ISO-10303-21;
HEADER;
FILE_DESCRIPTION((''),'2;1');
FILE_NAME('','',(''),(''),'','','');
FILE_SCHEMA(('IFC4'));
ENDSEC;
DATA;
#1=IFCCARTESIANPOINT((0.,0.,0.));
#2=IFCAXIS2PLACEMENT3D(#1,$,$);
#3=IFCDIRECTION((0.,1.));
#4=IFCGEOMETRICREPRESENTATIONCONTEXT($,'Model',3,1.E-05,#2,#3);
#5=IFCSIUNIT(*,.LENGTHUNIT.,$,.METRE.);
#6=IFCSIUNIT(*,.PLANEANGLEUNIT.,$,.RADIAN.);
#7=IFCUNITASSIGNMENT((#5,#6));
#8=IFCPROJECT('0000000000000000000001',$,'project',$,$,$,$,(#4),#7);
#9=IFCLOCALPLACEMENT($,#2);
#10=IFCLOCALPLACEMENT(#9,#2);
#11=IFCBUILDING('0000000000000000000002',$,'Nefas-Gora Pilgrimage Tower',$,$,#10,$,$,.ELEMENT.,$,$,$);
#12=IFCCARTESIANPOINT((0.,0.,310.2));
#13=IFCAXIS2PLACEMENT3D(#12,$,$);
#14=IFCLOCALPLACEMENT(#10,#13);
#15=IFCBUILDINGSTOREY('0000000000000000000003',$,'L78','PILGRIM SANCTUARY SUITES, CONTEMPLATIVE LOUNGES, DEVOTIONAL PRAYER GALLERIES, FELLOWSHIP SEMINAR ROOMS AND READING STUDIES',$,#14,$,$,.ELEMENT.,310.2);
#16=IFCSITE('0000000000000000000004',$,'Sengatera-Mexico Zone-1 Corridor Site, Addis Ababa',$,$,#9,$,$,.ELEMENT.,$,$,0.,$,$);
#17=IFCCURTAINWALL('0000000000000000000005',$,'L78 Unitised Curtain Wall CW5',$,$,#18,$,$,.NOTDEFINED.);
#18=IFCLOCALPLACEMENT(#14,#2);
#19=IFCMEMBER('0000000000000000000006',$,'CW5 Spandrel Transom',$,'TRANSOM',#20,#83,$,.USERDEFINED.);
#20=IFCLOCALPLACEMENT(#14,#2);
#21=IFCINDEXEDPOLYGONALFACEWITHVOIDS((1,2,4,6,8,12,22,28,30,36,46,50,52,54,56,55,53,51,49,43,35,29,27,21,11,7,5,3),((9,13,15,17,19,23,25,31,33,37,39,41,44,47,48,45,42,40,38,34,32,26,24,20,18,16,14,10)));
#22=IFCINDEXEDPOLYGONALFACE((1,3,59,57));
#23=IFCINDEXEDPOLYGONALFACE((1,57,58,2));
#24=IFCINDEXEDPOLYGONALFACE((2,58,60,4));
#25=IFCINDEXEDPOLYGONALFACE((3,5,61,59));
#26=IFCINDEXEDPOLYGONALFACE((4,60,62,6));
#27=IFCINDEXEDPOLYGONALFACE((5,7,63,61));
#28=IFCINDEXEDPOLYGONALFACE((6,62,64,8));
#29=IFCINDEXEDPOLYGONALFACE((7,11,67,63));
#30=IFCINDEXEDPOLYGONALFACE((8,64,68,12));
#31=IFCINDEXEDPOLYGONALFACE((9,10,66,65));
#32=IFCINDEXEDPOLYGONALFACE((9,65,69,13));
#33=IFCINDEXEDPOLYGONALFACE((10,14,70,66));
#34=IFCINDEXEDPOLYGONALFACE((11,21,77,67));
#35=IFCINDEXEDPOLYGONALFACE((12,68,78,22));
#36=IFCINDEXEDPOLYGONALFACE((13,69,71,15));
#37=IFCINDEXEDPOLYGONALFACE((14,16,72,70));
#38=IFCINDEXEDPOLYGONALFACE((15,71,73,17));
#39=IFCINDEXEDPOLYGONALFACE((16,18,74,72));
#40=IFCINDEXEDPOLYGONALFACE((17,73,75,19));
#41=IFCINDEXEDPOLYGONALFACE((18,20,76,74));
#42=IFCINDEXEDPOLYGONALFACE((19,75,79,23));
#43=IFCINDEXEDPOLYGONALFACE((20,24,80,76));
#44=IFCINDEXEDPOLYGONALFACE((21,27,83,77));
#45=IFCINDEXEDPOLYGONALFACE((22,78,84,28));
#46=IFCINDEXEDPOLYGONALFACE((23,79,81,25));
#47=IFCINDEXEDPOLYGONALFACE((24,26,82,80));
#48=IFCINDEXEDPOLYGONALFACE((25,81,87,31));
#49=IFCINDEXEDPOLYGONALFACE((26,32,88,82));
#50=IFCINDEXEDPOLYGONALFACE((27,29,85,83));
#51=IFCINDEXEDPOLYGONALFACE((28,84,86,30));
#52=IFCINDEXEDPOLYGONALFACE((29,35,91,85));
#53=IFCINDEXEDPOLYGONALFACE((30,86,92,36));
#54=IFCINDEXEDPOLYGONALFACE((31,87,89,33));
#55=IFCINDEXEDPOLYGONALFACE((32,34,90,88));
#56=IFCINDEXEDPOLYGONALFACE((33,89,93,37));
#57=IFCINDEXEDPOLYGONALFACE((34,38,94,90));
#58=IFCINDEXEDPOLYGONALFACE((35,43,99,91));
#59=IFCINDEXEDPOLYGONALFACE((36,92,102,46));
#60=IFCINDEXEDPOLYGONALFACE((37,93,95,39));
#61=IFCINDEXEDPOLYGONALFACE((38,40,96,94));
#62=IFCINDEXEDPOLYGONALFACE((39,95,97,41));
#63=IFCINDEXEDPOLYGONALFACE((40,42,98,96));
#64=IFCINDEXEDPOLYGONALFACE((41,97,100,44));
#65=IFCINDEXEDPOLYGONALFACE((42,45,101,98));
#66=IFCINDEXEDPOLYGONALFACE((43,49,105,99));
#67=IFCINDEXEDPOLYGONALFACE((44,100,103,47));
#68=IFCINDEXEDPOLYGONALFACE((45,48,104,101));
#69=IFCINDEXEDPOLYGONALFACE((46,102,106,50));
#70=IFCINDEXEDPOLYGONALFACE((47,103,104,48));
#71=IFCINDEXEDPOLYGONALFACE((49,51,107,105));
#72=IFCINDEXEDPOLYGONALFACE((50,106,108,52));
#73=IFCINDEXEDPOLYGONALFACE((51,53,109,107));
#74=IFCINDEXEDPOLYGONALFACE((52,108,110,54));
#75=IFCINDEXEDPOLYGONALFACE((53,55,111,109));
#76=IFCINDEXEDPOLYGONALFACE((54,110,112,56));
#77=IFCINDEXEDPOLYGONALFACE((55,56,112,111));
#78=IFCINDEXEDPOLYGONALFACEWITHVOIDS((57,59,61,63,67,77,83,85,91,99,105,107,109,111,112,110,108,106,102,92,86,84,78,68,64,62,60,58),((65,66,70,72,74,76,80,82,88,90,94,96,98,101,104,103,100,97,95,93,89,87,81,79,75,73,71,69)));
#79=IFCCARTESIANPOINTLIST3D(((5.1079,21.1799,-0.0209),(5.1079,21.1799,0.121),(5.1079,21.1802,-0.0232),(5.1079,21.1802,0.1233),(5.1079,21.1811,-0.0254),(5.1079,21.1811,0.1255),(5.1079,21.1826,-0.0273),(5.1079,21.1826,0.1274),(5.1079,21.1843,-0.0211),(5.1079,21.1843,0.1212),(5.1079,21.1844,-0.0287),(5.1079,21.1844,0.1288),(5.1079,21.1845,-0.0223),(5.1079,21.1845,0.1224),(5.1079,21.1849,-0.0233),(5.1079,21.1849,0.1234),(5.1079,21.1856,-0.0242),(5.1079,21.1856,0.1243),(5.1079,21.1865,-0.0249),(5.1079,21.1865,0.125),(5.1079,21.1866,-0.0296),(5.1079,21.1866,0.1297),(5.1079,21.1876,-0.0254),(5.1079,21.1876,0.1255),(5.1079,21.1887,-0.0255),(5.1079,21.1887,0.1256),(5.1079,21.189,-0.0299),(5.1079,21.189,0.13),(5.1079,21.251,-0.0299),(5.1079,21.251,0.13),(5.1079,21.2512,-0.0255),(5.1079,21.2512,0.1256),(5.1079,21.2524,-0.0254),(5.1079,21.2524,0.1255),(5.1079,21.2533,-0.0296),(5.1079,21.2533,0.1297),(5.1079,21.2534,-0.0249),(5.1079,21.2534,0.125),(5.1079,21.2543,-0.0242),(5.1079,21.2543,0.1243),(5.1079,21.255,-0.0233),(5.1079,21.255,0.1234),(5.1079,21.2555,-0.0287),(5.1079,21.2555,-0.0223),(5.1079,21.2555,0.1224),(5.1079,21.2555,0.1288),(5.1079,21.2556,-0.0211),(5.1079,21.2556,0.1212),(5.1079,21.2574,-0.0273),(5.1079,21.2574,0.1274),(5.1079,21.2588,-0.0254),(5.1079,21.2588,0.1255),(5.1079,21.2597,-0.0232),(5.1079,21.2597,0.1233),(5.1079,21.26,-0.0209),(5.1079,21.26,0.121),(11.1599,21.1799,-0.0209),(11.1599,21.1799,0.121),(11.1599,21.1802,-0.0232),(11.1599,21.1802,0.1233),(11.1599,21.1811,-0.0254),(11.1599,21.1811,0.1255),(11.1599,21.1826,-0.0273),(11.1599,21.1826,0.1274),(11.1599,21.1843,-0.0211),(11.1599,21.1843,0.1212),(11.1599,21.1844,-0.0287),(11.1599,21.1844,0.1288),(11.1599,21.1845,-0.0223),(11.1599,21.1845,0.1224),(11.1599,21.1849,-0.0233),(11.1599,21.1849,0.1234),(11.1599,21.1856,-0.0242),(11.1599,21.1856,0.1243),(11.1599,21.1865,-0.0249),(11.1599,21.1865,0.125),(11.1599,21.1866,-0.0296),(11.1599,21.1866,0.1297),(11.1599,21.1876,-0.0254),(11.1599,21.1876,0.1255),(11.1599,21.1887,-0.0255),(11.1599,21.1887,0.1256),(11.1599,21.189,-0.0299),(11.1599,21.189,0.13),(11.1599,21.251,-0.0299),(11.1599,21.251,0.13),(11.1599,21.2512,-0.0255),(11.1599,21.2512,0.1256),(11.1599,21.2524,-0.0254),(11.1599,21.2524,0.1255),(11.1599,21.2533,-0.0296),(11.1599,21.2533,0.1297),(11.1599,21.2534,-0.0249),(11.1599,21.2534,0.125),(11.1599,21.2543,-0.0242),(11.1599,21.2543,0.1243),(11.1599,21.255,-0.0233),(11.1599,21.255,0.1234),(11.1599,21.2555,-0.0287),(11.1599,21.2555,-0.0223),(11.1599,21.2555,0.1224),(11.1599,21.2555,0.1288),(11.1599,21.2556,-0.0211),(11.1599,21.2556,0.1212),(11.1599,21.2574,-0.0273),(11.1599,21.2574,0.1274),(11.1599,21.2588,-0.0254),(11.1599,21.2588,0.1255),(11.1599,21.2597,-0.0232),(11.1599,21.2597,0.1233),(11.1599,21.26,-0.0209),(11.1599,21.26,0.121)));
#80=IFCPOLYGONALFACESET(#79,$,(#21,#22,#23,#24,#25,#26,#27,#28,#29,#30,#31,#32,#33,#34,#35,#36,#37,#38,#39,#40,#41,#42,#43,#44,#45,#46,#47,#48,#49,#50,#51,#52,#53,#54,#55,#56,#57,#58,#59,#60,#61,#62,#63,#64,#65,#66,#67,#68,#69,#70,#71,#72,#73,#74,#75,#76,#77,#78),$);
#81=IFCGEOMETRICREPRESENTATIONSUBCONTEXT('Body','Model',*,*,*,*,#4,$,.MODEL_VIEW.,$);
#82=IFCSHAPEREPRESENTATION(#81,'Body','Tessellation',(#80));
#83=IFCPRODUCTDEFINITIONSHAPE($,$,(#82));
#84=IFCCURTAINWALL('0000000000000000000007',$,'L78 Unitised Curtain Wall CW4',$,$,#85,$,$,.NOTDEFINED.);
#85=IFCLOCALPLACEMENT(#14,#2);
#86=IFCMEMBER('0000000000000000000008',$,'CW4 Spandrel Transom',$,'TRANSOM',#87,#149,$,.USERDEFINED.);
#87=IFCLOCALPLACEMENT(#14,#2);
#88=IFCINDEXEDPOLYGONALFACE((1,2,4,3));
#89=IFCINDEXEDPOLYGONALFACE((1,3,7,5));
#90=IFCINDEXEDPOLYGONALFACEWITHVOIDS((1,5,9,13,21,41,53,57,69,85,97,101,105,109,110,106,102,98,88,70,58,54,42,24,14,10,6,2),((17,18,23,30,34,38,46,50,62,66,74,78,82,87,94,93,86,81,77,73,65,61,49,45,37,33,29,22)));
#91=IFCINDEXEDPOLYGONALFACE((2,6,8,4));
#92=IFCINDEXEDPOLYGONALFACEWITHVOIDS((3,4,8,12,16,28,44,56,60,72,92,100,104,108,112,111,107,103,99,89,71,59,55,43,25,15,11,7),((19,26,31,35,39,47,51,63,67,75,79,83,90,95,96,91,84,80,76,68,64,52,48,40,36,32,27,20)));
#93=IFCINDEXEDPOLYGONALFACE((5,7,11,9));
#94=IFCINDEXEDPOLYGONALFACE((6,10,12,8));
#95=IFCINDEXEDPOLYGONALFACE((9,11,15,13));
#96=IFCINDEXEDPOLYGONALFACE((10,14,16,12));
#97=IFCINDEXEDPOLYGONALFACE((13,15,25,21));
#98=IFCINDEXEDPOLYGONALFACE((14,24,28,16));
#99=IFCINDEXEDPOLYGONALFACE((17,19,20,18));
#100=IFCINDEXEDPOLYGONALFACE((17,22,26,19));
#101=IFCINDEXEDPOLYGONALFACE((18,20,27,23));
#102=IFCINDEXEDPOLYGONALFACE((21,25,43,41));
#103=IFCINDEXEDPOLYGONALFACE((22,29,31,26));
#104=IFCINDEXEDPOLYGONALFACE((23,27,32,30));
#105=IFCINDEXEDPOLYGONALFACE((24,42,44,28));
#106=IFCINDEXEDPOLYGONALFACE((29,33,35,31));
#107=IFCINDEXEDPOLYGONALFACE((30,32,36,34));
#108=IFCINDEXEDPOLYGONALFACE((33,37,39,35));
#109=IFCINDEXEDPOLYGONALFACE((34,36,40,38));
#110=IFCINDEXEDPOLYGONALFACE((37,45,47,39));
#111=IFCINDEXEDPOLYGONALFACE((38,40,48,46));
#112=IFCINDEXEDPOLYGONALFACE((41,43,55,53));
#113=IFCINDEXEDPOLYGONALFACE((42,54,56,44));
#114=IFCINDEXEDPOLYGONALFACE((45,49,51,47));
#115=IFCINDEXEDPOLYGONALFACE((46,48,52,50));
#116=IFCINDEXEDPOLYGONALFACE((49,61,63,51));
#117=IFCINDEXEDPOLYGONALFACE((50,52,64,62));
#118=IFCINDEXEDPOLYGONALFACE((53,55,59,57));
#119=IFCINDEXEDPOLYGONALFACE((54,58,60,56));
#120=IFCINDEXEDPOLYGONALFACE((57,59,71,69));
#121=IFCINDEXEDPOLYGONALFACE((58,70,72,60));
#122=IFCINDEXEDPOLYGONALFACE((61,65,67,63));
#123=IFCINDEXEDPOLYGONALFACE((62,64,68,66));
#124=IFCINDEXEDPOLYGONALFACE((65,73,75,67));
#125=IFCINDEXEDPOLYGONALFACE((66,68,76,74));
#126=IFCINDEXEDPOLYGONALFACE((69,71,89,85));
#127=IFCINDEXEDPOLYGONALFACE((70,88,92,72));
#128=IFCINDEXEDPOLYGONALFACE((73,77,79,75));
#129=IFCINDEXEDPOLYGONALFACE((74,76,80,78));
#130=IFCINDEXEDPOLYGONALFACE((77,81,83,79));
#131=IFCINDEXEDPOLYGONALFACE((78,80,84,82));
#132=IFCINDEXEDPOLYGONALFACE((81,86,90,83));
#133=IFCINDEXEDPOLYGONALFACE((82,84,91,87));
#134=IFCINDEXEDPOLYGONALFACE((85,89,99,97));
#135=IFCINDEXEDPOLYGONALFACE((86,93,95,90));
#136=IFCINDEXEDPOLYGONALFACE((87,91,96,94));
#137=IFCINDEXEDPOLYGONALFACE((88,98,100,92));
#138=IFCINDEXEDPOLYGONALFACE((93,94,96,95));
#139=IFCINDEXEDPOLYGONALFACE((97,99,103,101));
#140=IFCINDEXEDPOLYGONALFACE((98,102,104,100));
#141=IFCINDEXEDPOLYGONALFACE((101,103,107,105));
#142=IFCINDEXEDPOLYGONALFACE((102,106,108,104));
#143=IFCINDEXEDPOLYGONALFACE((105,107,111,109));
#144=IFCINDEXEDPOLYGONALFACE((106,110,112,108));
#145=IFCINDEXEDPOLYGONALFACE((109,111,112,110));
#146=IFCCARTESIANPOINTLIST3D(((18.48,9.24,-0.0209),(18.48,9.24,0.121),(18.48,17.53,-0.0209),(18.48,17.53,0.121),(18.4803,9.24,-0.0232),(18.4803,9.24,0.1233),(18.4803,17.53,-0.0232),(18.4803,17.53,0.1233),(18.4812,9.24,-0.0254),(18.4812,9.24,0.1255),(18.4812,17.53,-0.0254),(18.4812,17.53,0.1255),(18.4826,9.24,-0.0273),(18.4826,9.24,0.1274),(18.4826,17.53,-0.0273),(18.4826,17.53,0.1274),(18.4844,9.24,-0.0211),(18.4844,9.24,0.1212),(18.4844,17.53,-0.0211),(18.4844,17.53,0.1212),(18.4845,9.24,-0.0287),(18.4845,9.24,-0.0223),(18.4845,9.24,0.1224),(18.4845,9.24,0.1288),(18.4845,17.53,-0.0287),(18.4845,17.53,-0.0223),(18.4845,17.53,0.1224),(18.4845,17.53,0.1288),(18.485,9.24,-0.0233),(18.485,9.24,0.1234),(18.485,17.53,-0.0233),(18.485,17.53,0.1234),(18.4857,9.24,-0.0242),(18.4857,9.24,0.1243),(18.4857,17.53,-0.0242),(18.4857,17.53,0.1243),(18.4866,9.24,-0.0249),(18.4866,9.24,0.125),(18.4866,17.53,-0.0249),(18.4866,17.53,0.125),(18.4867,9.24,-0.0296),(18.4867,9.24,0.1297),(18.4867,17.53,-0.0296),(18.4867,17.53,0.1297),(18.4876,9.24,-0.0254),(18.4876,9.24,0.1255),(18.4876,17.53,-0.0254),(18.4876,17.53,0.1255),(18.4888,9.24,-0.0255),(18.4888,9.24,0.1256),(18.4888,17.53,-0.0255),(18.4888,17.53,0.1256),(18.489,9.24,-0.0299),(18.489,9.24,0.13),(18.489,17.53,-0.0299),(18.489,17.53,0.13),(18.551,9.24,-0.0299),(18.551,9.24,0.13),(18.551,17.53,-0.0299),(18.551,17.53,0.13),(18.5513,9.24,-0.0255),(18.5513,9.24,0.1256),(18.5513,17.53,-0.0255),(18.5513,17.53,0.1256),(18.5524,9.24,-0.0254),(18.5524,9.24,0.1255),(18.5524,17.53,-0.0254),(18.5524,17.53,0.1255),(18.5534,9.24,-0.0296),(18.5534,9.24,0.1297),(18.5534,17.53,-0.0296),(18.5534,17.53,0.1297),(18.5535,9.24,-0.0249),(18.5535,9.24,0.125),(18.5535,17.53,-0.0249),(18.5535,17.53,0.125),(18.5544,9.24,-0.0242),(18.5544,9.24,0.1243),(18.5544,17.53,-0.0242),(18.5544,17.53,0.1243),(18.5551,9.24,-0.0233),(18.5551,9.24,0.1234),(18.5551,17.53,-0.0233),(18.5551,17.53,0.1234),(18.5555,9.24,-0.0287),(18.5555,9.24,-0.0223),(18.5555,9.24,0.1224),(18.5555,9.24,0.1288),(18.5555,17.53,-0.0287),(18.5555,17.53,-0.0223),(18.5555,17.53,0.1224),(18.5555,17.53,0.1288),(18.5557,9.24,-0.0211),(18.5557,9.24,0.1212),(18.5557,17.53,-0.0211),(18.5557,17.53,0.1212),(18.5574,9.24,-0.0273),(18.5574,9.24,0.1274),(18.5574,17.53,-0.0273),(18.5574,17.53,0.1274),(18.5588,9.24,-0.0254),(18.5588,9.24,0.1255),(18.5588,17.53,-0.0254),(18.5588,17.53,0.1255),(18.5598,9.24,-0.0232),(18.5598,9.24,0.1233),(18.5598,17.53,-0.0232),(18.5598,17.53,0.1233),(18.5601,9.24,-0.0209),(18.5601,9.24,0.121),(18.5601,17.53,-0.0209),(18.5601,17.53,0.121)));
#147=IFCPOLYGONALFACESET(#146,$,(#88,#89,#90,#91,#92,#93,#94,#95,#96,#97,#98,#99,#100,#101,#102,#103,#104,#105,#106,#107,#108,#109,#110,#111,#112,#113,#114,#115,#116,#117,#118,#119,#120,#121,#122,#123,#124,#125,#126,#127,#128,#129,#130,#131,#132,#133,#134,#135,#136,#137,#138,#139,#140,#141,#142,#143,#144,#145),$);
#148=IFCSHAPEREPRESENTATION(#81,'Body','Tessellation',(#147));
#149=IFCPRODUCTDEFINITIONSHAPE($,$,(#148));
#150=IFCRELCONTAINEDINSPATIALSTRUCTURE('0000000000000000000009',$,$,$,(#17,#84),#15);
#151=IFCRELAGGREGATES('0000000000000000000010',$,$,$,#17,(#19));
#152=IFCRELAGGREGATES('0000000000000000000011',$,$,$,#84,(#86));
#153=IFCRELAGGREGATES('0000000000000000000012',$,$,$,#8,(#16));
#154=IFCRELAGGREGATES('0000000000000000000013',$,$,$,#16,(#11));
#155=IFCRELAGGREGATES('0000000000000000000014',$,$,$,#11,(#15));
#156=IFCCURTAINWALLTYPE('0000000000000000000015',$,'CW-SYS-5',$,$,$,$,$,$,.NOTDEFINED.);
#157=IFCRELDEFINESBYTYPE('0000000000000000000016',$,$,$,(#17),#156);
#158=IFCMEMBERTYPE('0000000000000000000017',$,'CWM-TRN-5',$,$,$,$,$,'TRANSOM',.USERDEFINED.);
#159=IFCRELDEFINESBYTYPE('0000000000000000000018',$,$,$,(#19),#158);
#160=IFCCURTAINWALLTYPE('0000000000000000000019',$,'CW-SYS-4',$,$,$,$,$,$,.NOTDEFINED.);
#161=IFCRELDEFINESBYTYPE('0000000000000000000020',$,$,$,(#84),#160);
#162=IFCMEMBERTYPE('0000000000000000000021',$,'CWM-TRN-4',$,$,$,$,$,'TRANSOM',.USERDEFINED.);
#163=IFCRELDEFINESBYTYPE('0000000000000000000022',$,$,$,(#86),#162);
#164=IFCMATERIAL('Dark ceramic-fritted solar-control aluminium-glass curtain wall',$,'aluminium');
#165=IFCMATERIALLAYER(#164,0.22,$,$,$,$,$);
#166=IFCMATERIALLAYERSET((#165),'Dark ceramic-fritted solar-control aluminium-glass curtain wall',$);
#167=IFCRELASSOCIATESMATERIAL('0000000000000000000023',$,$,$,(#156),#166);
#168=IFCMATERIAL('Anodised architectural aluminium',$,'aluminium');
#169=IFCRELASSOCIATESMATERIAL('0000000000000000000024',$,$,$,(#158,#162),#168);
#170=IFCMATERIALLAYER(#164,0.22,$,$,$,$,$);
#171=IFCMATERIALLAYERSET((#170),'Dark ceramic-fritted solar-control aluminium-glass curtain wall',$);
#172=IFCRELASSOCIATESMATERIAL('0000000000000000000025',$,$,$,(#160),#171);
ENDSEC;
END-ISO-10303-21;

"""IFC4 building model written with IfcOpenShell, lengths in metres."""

from ifc_helpers import new_model, si_unit, direction, frame, origin, origin_2d, place, context, subcontext, project, spatial, hollow_rectangle, extrude, source, transform, mapped, material, layer, layer_set, material_profile, profile_set, type_object, element, aggregate, save


model = new_model("IFC4")

# Units and contexts
model_context = context("Model", 3, precision=1e-05, world=origin(), true_north=direction((0.0, 1.0)))
body_context = subcontext(model_context, "Body", "Model", "MODEL_VIEW")
ifc_project = project(units=[si_unit("LENGTHUNIT", "METRE"), si_unit("PLANEANGLEUNIT", "RADIAN")], contexts=[model_context])

# Site, building, storey
site_placement = place(None, origin())
site = spatial("IfcSite", under=ifc_project, at=site_placement, Name="Sengatera-Mexico Zone-1 Corridor Site, Addis Ababa", CompositionType="ELEMENT", RefElevation=0.0)
building_placement = place(site_placement, origin())
building = spatial("IfcBuilding", under=site, at=building_placement, Name="Nefas-Gora Pilgrimage Tower", CompositionType="ELEMENT")
storey_placement = place(building_placement, frame((0.0, 0.0, 310.2)))
storey = spatial("IfcBuildingStorey", under=building, at=storey_placement, Name="L78", Description="PILGRIM SANCTUARY SUITES, CONTEMPLATIVE LOUNGES, DEVOTIONAL PRAYER GALLERIES, FELLOWSHIP SEMINAR ROOMS AND READING STUDIES", CompositionType="ELEMENT", Elevation=310.2)

# Curtain wall, member
ifc_material_1 = material(Name="Dark ceramic-fritted solar-control aluminium-glass curtain wall", Category="aluminium")
ifc_layer_1 = layer(ifc_material_1, 0.22)
ifc_layer_set_1 = layer_set([ifc_layer_1], Name="Dark ceramic-fritted solar-control aluminium-glass curtain wall")
curtain_wall_type_1 = type_object("IfcCurtainWallType", Name="CW-SYS-5", PredefinedType="NOTDEFINED", material=ifc_layer_set_1)
curtain_wall_1_placement = place(storey_placement, origin())
curtain_wall_1 = element("IfcCurtainWall", 1, at=curtain_wall_1_placement, inside=storey, type_object=curtain_wall_type_1, Name="L78 Unitised Curtain Wall CW5", PredefinedType="NOTDEFINED")
ifc_material_2 = material(Name="Anodised architectural aluminium", Category="aluminium")
ifc_material_profile_1 = material_profile(ifc_material_2, hollow_rectangle(XDim=0.0801, YDim=0.1599, WallThickness=0.0044, InnerFilletRadius=0.0044, OuterFilletRadius=0.009, at=origin_2d()), Name="ALU TRANSOM 80x160")
ifc_profile_set_1 = profile_set([ifc_material_profile_1], Name="Anodised architectural aluminium")
member_type_1 = type_object("IfcMemberType", Name="CWM-TRN-5", ElementType="TRANSOM", PredefinedType="USERDEFINED", material=ifc_profile_set_1)
shared_shape_1 = source(origin(), body_context, "Body", "SweptSolid", [
    extrude(hollow_rectangle(XDim=0.0801, YDim=0.1599, WallThickness=0.0044, InnerFilletRadius=0.0044, OuterFilletRadius=0.009, at=origin_2d()), origin(), (0.0, 0.0, 1.0), 6.052),
])
member_1_placement = place(storey_placement, frame((11.1599, 21.22, 0.05), z_axis=(-1.0, 0.0, 0.0), x_axis=(0.0, -1.0, 0.0)))
member_1 = element("IfcMember", 2, at=member_1_placement, type_object=member_type_1, Name="CW5 Spandrel Transom", ObjectType="TRANSOM", PredefinedType="USERDEFINED", context=body_context, shape_type="MappedRepresentation", body=[
    mapped(shared_shape_1, transform((0.0, 0.0, 0.0), x_axis=(1.0, 0.0, 0.0), y_axis=(0.0, 1.0, 0.0), z_axis=(0.0, 0.0, 1.0), scale=1.0)),
])

# Curtain wall, member
ifc_layer_2 = layer(ifc_material_1, 0.22)
ifc_layer_set_2 = layer_set([ifc_layer_2], Name="Dark ceramic-fritted solar-control aluminium-glass curtain wall")
curtain_wall_type_2 = type_object("IfcCurtainWallType", Name="CW-SYS-4", PredefinedType="NOTDEFINED", material=ifc_layer_set_2)
curtain_wall_2_placement = place(storey_placement, origin())
curtain_wall_2 = element("IfcCurtainWall", 3, at=curtain_wall_2_placement, inside=storey, type_object=curtain_wall_type_2, Name="L78 Unitised Curtain Wall CW4", PredefinedType="NOTDEFINED")
ifc_material_profile_2 = material_profile(ifc_material_2, hollow_rectangle(XDim=0.0801, YDim=0.1599, WallThickness=0.0044, InnerFilletRadius=0.0044, OuterFilletRadius=0.009, at=origin_2d()), Name="ALU TRANSOM 80x160")
ifc_profile_set_2 = profile_set([ifc_material_profile_2], Name="Anodised architectural aluminium")
member_type_2 = type_object("IfcMemberType", Name="CWM-TRN-4", ElementType="TRANSOM", PredefinedType="USERDEFINED", material=ifc_profile_set_2)
shared_shape_2 = source(origin(), body_context, "Body", "SweptSolid", [
    extrude(hollow_rectangle(XDim=0.0801, YDim=0.1599, WallThickness=0.0044, InnerFilletRadius=0.0044, OuterFilletRadius=0.009, at=origin_2d()), origin(), (0.0, 0.0, 1.0), 8.29),
])
member_2_placement = place(storey_placement, frame((18.52, 9.24, 0.05), z_axis=(0.0, 1.0, 0.0), x_axis=(-1.0, 0.0, 0.0)))
member_2 = element("IfcMember", 4, at=member_2_placement, type_object=member_type_2, Name="CW4 Spandrel Transom", ObjectType="TRANSOM", PredefinedType="USERDEFINED", context=body_context, shape_type="MappedRepresentation", body=[
    mapped(shared_shape_2, transform((0.0, 0.0, 0.0), x_axis=(1.0, 0.0, 0.0), y_axis=(0.0, 1.0, 0.0), z_axis=(0.0, 0.0, 1.0), scale=1.0)),
])

aggregate(curtain_wall_1, [member_1])
aggregate(curtain_wall_2, [member_2])

save(model, "model.ifc")
